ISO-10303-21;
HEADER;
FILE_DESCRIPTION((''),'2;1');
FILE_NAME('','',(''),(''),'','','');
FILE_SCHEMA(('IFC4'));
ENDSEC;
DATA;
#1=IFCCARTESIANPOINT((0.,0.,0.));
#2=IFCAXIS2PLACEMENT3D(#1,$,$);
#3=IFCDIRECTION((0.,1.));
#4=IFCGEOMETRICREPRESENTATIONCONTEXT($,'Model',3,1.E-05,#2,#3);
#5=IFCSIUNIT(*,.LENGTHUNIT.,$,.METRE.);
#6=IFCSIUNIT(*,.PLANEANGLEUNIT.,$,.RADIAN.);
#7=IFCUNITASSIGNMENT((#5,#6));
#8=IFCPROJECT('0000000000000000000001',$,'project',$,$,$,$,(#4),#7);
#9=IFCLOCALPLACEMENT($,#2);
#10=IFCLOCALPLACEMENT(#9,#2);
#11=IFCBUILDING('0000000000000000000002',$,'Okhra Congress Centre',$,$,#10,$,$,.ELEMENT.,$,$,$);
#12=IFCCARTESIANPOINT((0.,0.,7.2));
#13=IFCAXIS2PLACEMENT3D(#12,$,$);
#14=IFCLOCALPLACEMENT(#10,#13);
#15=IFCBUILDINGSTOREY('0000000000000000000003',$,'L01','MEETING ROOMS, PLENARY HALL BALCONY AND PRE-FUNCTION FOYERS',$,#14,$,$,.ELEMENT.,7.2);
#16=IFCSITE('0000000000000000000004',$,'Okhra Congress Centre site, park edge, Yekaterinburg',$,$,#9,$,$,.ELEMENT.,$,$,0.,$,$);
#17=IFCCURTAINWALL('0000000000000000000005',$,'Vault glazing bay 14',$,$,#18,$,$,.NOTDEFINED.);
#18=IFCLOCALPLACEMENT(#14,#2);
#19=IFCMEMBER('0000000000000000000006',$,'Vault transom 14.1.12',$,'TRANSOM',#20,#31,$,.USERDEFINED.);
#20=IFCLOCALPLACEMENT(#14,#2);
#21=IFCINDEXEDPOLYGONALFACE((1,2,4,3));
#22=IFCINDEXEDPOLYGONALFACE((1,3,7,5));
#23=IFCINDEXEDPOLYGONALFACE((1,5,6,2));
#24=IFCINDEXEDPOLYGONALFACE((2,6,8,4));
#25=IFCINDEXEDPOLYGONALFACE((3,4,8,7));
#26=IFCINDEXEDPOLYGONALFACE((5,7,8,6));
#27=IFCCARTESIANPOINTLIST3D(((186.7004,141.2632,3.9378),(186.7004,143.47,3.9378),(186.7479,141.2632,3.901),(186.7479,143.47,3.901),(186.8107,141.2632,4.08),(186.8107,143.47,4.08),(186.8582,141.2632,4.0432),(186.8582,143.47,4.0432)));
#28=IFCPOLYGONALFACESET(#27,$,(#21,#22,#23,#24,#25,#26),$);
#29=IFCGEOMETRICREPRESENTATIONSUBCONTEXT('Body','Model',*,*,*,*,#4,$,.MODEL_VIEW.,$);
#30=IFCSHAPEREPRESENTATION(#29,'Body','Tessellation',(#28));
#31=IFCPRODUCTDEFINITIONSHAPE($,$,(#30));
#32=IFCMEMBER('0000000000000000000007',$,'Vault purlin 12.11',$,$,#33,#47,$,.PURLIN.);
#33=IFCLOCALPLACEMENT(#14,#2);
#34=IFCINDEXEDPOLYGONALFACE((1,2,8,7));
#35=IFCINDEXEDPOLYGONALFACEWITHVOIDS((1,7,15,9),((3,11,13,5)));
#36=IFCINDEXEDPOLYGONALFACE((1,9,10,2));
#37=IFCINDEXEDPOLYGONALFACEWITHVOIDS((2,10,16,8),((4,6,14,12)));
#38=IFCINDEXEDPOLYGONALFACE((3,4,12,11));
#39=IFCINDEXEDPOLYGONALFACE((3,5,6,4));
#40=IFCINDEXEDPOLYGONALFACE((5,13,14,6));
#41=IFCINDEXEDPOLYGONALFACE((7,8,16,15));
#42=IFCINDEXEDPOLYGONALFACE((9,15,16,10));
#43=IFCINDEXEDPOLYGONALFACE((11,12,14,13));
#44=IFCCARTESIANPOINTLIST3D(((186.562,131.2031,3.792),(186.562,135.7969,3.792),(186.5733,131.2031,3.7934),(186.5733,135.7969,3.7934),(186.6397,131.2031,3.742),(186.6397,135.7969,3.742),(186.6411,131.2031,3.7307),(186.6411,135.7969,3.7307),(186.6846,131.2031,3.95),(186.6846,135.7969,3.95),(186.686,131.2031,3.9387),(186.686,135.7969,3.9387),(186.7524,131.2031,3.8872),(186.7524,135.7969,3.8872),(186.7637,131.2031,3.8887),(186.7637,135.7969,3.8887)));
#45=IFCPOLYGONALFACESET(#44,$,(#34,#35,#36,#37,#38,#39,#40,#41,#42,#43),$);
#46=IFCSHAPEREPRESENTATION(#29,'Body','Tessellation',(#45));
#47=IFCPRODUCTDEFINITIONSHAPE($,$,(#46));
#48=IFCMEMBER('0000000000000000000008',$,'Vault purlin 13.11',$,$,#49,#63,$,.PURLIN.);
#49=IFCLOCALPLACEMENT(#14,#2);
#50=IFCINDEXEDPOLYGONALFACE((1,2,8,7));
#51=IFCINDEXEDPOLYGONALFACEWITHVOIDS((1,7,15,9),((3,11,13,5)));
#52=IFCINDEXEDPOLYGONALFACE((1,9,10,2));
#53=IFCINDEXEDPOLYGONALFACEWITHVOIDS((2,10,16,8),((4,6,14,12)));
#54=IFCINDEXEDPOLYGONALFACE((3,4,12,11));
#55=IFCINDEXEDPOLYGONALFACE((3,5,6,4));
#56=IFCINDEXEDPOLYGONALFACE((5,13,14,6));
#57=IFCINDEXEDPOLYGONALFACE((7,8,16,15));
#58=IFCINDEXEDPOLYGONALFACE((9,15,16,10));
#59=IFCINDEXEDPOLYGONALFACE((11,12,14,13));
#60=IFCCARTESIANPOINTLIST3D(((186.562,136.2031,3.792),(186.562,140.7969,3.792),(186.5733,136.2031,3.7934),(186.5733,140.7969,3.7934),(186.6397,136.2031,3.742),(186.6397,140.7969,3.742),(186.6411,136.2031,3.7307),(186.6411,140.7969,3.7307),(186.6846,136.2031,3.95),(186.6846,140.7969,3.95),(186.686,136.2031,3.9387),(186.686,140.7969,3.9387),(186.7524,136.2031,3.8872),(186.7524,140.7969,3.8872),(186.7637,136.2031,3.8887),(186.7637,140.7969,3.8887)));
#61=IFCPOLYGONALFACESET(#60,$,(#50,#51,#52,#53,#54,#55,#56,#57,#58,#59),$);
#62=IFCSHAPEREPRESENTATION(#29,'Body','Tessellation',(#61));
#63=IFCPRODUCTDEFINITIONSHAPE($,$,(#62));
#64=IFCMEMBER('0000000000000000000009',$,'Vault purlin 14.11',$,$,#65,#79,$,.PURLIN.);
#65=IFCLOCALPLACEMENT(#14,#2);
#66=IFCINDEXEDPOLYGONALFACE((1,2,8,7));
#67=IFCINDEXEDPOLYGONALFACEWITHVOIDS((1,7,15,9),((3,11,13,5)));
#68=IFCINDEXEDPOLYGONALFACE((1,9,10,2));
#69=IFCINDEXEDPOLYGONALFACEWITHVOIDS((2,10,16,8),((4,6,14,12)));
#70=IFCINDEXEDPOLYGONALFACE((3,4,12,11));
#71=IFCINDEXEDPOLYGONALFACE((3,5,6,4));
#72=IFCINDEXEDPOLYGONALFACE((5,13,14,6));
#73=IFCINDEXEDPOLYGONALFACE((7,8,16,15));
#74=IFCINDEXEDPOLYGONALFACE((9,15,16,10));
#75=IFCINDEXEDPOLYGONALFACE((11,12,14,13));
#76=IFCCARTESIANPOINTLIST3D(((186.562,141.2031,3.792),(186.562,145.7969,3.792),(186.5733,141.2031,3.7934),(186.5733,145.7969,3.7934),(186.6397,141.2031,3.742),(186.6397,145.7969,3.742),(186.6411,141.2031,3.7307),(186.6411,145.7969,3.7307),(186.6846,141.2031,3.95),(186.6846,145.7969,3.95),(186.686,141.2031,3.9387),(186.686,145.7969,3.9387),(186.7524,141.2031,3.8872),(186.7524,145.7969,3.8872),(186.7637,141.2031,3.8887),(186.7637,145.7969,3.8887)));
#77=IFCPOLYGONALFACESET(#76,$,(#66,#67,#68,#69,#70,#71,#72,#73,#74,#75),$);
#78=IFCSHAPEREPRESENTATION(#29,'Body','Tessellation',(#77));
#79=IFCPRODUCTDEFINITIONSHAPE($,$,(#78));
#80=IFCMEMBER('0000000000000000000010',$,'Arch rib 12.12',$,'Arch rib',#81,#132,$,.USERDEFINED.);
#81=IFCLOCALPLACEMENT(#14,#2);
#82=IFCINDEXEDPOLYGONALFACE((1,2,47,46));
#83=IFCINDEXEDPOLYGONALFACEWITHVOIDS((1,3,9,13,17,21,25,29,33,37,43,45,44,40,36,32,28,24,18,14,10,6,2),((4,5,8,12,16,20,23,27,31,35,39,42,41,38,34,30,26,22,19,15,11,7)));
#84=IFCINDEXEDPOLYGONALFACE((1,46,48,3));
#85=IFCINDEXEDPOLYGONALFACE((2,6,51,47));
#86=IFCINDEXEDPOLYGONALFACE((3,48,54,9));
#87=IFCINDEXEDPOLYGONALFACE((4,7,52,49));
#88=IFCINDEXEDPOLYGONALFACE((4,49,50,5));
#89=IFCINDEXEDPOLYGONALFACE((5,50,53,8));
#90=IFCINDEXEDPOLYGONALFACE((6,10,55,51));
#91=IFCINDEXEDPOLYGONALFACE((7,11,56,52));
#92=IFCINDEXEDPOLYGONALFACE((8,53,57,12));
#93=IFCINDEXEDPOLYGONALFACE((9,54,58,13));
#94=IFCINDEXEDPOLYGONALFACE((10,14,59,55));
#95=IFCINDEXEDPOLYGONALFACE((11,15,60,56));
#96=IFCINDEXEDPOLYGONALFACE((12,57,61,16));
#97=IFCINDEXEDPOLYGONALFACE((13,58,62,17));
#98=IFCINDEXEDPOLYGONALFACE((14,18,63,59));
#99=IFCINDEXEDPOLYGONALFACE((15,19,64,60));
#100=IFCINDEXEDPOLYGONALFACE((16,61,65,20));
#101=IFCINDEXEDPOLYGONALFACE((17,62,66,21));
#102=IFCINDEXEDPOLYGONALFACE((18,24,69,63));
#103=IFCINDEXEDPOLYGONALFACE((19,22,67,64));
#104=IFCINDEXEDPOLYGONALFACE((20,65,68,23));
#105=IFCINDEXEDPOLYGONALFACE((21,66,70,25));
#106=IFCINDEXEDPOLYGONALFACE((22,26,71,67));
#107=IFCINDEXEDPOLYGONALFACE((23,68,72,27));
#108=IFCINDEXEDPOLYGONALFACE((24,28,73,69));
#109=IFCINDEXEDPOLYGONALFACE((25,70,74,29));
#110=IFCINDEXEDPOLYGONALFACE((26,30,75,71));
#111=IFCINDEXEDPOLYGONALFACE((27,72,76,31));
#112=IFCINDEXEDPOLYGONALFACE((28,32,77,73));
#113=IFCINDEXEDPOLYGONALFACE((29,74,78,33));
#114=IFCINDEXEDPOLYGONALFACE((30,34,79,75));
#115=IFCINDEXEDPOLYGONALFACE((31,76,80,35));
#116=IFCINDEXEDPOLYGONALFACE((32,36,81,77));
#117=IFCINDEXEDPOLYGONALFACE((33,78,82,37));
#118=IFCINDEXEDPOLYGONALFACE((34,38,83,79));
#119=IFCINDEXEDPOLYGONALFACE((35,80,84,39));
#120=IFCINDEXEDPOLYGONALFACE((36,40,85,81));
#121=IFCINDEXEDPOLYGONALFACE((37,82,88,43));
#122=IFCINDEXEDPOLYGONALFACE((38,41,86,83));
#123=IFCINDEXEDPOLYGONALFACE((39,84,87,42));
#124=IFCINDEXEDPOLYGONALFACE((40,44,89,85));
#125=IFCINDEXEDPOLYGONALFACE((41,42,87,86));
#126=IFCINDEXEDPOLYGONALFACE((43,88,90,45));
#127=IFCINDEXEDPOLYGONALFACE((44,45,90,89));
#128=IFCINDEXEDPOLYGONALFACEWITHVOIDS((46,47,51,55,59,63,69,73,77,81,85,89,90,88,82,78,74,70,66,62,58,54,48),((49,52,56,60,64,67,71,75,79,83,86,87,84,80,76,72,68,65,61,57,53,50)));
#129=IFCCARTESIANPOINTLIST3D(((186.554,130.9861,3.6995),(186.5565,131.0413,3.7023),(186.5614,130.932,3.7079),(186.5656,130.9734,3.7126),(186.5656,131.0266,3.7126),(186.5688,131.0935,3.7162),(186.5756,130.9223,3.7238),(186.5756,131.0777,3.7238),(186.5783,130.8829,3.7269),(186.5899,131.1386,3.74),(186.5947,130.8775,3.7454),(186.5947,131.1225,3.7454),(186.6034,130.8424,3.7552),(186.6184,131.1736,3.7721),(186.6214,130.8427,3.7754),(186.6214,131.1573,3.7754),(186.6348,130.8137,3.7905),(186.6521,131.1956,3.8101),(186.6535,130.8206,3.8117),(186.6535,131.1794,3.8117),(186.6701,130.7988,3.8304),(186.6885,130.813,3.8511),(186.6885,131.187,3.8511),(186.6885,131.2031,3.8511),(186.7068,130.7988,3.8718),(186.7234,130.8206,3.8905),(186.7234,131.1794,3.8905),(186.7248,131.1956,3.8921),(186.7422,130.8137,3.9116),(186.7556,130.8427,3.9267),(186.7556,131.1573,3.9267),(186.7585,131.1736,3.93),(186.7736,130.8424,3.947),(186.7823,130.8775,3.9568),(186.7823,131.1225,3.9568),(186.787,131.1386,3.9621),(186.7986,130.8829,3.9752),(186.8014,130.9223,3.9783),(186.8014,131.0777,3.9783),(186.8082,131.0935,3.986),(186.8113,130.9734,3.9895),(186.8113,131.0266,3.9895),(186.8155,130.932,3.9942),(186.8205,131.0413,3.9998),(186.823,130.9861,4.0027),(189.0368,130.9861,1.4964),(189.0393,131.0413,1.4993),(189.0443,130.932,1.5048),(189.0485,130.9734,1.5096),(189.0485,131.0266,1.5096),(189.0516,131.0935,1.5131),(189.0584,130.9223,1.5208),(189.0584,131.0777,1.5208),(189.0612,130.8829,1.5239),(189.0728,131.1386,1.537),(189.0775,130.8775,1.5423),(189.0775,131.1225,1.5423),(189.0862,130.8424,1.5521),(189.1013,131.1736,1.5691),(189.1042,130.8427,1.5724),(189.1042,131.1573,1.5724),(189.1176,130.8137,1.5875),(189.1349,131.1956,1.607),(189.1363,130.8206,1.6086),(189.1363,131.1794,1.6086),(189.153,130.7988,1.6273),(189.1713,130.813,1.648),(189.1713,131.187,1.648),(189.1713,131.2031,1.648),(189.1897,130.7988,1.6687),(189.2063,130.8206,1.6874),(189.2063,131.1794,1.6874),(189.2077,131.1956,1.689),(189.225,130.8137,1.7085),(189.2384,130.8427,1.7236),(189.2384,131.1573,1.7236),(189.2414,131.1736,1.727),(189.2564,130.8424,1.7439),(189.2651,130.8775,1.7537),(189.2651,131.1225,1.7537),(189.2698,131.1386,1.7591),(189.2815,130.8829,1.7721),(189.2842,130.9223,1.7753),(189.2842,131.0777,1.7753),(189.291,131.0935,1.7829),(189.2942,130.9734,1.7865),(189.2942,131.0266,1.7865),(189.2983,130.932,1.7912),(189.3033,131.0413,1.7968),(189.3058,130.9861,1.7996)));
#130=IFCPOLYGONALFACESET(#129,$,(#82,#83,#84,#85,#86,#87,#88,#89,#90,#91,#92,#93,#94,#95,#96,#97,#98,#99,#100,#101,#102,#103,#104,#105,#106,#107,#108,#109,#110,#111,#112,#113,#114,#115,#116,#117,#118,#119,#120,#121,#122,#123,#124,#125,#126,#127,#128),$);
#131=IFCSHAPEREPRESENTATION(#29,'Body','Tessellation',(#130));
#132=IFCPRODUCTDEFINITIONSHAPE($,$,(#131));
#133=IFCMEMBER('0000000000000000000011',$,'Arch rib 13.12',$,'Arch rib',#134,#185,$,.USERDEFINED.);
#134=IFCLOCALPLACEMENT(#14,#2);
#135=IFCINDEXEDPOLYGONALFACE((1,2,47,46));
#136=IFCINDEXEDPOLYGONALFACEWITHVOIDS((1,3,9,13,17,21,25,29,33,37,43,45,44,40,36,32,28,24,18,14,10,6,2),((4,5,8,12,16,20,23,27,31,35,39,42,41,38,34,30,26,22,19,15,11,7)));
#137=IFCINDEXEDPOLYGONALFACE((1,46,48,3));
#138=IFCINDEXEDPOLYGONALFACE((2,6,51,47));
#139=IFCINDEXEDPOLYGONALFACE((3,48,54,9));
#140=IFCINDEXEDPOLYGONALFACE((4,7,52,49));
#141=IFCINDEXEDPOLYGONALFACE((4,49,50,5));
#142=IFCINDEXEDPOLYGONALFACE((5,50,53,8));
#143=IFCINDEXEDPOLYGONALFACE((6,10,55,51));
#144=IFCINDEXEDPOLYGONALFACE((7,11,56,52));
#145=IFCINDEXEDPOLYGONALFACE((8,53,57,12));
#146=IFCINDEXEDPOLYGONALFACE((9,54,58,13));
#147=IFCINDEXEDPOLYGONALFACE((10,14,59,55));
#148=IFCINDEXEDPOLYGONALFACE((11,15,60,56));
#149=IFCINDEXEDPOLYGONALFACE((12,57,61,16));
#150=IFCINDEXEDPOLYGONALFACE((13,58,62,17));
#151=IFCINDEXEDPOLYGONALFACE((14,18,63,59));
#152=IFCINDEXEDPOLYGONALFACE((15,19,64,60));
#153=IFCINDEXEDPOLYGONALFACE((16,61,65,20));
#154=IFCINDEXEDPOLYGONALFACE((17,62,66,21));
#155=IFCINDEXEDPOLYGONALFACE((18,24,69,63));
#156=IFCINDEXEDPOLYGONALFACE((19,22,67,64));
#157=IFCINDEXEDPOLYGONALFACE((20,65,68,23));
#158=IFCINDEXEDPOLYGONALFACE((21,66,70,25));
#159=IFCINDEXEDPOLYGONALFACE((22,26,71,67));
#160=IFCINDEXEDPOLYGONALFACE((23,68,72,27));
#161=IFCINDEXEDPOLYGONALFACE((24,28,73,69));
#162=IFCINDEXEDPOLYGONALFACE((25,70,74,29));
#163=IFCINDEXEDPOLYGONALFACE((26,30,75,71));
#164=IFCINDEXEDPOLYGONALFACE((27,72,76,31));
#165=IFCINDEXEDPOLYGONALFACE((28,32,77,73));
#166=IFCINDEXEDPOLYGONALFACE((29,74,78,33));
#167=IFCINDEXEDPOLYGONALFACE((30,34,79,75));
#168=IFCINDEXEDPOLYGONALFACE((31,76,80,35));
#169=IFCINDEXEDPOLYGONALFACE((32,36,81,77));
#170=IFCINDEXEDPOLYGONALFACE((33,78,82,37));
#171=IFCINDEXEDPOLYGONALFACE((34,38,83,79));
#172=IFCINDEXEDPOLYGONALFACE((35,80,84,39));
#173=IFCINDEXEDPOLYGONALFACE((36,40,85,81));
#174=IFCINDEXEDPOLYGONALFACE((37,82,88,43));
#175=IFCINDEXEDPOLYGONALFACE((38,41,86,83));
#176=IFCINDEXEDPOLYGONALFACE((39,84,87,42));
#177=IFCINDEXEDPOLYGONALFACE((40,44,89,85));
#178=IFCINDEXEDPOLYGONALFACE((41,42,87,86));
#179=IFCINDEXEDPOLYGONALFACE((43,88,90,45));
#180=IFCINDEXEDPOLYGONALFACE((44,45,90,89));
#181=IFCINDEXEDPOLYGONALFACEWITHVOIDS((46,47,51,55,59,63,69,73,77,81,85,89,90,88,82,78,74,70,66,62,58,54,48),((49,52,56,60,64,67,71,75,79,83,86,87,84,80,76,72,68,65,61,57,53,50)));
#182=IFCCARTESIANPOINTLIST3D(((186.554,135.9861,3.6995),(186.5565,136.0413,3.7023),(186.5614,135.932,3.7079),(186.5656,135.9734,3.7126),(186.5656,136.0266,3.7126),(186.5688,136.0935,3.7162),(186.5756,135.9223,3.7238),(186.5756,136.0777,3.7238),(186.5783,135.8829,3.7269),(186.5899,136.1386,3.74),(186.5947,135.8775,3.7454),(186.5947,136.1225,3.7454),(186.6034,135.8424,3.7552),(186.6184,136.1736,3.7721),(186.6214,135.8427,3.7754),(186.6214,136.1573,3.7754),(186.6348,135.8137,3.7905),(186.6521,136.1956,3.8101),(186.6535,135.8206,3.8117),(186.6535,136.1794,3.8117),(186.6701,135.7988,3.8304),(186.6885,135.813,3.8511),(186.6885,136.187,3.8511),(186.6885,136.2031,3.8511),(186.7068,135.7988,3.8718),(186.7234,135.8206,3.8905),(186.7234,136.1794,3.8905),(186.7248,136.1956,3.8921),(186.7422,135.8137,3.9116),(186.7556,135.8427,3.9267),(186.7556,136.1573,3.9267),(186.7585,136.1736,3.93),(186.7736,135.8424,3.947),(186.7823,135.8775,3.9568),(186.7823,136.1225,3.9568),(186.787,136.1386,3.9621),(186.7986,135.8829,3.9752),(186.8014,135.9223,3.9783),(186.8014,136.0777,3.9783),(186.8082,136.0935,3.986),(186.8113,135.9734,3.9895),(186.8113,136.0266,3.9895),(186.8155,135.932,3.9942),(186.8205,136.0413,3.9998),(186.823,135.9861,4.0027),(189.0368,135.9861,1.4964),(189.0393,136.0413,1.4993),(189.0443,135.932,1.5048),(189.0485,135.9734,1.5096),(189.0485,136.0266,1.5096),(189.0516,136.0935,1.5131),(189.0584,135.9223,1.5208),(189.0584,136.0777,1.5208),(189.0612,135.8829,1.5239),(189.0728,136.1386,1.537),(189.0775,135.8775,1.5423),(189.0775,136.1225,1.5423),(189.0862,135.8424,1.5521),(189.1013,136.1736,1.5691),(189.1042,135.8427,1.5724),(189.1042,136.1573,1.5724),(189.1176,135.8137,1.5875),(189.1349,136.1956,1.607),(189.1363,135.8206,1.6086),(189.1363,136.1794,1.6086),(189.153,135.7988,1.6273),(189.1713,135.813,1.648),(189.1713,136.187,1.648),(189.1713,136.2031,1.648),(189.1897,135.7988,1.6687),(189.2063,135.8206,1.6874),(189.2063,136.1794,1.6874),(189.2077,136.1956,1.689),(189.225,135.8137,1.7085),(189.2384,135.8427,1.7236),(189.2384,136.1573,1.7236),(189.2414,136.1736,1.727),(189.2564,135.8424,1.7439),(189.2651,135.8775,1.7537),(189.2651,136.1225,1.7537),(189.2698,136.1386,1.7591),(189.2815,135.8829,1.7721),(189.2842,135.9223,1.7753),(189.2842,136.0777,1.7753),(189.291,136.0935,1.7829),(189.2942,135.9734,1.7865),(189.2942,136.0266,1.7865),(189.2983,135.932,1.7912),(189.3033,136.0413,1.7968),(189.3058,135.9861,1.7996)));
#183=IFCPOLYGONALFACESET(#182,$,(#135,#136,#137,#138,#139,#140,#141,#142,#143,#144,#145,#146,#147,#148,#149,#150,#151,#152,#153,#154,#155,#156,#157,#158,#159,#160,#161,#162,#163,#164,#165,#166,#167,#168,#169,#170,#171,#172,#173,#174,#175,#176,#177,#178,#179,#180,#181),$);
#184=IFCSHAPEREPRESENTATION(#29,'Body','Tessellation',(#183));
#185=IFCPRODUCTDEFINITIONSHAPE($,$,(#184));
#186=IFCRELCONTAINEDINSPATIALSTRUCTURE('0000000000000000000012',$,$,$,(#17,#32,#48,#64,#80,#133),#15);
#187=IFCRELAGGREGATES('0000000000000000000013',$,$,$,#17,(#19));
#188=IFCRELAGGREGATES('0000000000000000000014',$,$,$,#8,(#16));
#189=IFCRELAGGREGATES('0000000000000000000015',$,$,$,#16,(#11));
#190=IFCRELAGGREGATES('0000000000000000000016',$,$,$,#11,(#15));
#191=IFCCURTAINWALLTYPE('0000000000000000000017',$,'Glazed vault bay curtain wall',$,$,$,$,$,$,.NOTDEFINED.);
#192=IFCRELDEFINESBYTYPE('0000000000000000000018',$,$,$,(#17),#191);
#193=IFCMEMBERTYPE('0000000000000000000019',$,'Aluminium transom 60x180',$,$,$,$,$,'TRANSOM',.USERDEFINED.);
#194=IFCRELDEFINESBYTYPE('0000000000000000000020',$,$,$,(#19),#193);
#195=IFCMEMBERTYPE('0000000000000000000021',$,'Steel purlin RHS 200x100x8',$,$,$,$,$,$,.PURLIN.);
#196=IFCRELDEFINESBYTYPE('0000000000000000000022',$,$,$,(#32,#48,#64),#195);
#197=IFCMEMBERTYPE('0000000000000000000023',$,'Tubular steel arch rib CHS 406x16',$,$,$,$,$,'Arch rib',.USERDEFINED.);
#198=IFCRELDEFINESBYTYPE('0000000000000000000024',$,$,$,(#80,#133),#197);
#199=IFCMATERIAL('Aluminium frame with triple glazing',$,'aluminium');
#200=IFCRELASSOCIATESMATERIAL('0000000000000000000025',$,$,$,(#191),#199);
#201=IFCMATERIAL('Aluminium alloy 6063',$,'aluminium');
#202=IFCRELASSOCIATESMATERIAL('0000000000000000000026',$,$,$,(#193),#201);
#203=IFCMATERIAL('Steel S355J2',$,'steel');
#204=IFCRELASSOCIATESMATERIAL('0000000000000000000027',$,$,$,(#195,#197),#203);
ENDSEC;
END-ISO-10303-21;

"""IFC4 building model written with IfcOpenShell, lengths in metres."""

from ifc_helpers import new_model, si_unit, direction, frame, origin, origin_2d, place, context, subcontext, project, spatial, rectangle, hollow_rectangle, hollow_circle, extrude, material, material_profile, profile_set, type_object, element, aggregate, save


model = new_model("IFC4")

# Units and contexts
model_context = context("Model", 3, precision=1e-05, world=origin(), true_north=direction((0.0, 1.0)))
body_context = subcontext(model_context, "Body", "Model", "MODEL_VIEW")
ifc_project = project(units=[si_unit("LENGTHUNIT", "METRE"), si_unit("PLANEANGLEUNIT", "RADIAN")], contexts=[model_context])

# Site, building, storey
site_placement = place(None, origin())
site = spatial("IfcSite", under=ifc_project, at=site_placement, Name="Okhra Congress Centre site, park edge, Yekaterinburg", CompositionType="ELEMENT", RefElevation=0.0)
building_placement = place(site_placement, origin())
building = spatial("IfcBuilding", under=site, at=building_placement, Name="Okhra Congress Centre", CompositionType="ELEMENT")
storey_placement = place(building_placement, frame((0.0, 0.0, 7.2)))
storey = spatial("IfcBuildingStorey", under=building, at=storey_placement, Name="L01", Description="MEETING ROOMS, PLENARY HALL BALCONY AND PRE-FUNCTION FOYERS", CompositionType="ELEMENT", Elevation=7.2)

# Curtain wall
ifc_material_1 = material(Name="Aluminium frame with triple glazing", Category="aluminium")
curtain_wall_type = type_object("IfcCurtainWallType", Name="Glazed vault bay curtain wall", PredefinedType="NOTDEFINED", material=ifc_material_1)
ifc_material_2 = material(Name="Aluminium alloy 6063", Category="aluminium")
curtain_wall_1_placement = place(storey_placement, origin())
curtain_wall_1 = element("IfcCurtainWall", 1, at=curtain_wall_1_placement, inside=storey, type_object=curtain_wall_type, Name="Vault glazing bay 14", PredefinedType="NOTDEFINED")

# Member
ifc_material_profile_1 = material_profile(ifc_material_2, rectangle(XDim=0.0601, YDim=0.1799, at=origin_2d()), Name="AL 60x180 transom")
ifc_profile_set_1 = profile_set([ifc_material_profile_1], Name="Aluminium alloy 6063")
member_type_1 = type_object("IfcMemberType", Name="Aluminium transom 60x180", ElementType="TRANSOM", PredefinedType="USERDEFINED", material=ifc_profile_set_1)
member_1_placement = place(storey_placement, frame((186.7793, 141.2632, 3.9905), z_axis=(0.0, 1.0, 0.0), x_axis=(-0.790145, 0.0, 0.61292)))
member_1 = element("IfcMember", 2, at=member_1_placement, type_object=member_type_1, Name="Vault transom 14.1.12", ObjectType="TRANSOM", PredefinedType="USERDEFINED", context=body_context, shape_type="SweptSolid", body=[
    extrude(rectangle(XDim=0.0601, YDim=0.1799, at=origin_2d()), origin(), (0.0, 0.0, 1.0), 2.2068),
])

# Members
ifc_material_3 = material(Name="Steel S355J2", Category="steel")
ifc_material_profile_2 = material_profile(ifc_material_3, hollow_rectangle(XDim=0.1001, YDim=0.2, WallThickness=0.0081, at=origin_2d()), Name="RHS 200x100x8")
ifc_profile_set_2 = profile_set([ifc_material_profile_2], Name="Steel S355J2")
member_type_2 = type_object("IfcMemberType", Name="Steel purlin RHS 200x100x8", PredefinedType="PURLIN", material=ifc_profile_set_2)
for number, where, z_axis, x_axis, name in (
    (3, (186.6628, 131.2031, 3.8403), (0.0, 1.0, 0.0), (-0.790145, 0.0, 0.61292), "Vault purlin 12.11"),
    (4, (186.6628, 136.2031, 3.8403), (0.0, 1.0, 0.0), (-0.790145, 0.0, 0.61292), "Vault purlin 13.11"),
    (5, (186.6628, 141.2031, 3.8403), (0.0, 1.0, 0.0), (-0.790145, 0.0, 0.61292), "Vault purlin 14.11"),
):
    element("IfcMember", number, at=place(storey_placement, frame(where, z_axis=z_axis, x_axis=x_axis)), inside=storey, type_object=member_type_2, Name=name, PredefinedType="PURLIN", context=body_context, shape_type="SweptSolid", body=[
        extrude(hollow_rectangle(XDim=0.1001, YDim=0.2, WallThickness=0.0081, at=origin_2d()), origin(), (0.0, 0.0, 1.0), 4.5938),
    ])
ifc_material_profile_3 = material_profile(ifc_material_3, hollow_circle(Radius=0.2031, WallThickness=0.0161, at=origin_2d()), Name="CHS 406.4x16")
ifc_profile_set_3 = profile_set([ifc_material_profile_3], Name="Steel S355J2")
member_type_3 = type_object("IfcMemberType", Name="Tubular steel arch rib CHS 406x16", ElementType="Arch rib", PredefinedType="USERDEFINED", material=ifc_profile_set_3)
for number, where, z_axis, x_axis, name in (
    (6, (186.6885, 131.0, 3.8511), (0.747993, 0.0, -0.663706), (0.0, 1.0, 0.0), "Arch rib 12.12"),
    (7, (186.6885, 136.0, 3.8511), (0.747993, 0.0, -0.663706), (0.0, 1.0, 0.0), "Arch rib 13.12"),
):
    element("IfcMember", number, at=place(storey_placement, frame(where, z_axis=z_axis, x_axis=x_axis)), inside=storey, type_object=member_type_3, Name=name, ObjectType="Arch rib", PredefinedType="USERDEFINED", context=body_context, shape_type="SweptSolid", body=[
        extrude(hollow_circle(Radius=0.2031, WallThickness=0.0161, at=origin_2d()), origin(), (0.0, 0.0, 1.0), 3.3193),
    ])

aggregate(curtain_wall_1, [member_1])

save(model, "model.ifc")
